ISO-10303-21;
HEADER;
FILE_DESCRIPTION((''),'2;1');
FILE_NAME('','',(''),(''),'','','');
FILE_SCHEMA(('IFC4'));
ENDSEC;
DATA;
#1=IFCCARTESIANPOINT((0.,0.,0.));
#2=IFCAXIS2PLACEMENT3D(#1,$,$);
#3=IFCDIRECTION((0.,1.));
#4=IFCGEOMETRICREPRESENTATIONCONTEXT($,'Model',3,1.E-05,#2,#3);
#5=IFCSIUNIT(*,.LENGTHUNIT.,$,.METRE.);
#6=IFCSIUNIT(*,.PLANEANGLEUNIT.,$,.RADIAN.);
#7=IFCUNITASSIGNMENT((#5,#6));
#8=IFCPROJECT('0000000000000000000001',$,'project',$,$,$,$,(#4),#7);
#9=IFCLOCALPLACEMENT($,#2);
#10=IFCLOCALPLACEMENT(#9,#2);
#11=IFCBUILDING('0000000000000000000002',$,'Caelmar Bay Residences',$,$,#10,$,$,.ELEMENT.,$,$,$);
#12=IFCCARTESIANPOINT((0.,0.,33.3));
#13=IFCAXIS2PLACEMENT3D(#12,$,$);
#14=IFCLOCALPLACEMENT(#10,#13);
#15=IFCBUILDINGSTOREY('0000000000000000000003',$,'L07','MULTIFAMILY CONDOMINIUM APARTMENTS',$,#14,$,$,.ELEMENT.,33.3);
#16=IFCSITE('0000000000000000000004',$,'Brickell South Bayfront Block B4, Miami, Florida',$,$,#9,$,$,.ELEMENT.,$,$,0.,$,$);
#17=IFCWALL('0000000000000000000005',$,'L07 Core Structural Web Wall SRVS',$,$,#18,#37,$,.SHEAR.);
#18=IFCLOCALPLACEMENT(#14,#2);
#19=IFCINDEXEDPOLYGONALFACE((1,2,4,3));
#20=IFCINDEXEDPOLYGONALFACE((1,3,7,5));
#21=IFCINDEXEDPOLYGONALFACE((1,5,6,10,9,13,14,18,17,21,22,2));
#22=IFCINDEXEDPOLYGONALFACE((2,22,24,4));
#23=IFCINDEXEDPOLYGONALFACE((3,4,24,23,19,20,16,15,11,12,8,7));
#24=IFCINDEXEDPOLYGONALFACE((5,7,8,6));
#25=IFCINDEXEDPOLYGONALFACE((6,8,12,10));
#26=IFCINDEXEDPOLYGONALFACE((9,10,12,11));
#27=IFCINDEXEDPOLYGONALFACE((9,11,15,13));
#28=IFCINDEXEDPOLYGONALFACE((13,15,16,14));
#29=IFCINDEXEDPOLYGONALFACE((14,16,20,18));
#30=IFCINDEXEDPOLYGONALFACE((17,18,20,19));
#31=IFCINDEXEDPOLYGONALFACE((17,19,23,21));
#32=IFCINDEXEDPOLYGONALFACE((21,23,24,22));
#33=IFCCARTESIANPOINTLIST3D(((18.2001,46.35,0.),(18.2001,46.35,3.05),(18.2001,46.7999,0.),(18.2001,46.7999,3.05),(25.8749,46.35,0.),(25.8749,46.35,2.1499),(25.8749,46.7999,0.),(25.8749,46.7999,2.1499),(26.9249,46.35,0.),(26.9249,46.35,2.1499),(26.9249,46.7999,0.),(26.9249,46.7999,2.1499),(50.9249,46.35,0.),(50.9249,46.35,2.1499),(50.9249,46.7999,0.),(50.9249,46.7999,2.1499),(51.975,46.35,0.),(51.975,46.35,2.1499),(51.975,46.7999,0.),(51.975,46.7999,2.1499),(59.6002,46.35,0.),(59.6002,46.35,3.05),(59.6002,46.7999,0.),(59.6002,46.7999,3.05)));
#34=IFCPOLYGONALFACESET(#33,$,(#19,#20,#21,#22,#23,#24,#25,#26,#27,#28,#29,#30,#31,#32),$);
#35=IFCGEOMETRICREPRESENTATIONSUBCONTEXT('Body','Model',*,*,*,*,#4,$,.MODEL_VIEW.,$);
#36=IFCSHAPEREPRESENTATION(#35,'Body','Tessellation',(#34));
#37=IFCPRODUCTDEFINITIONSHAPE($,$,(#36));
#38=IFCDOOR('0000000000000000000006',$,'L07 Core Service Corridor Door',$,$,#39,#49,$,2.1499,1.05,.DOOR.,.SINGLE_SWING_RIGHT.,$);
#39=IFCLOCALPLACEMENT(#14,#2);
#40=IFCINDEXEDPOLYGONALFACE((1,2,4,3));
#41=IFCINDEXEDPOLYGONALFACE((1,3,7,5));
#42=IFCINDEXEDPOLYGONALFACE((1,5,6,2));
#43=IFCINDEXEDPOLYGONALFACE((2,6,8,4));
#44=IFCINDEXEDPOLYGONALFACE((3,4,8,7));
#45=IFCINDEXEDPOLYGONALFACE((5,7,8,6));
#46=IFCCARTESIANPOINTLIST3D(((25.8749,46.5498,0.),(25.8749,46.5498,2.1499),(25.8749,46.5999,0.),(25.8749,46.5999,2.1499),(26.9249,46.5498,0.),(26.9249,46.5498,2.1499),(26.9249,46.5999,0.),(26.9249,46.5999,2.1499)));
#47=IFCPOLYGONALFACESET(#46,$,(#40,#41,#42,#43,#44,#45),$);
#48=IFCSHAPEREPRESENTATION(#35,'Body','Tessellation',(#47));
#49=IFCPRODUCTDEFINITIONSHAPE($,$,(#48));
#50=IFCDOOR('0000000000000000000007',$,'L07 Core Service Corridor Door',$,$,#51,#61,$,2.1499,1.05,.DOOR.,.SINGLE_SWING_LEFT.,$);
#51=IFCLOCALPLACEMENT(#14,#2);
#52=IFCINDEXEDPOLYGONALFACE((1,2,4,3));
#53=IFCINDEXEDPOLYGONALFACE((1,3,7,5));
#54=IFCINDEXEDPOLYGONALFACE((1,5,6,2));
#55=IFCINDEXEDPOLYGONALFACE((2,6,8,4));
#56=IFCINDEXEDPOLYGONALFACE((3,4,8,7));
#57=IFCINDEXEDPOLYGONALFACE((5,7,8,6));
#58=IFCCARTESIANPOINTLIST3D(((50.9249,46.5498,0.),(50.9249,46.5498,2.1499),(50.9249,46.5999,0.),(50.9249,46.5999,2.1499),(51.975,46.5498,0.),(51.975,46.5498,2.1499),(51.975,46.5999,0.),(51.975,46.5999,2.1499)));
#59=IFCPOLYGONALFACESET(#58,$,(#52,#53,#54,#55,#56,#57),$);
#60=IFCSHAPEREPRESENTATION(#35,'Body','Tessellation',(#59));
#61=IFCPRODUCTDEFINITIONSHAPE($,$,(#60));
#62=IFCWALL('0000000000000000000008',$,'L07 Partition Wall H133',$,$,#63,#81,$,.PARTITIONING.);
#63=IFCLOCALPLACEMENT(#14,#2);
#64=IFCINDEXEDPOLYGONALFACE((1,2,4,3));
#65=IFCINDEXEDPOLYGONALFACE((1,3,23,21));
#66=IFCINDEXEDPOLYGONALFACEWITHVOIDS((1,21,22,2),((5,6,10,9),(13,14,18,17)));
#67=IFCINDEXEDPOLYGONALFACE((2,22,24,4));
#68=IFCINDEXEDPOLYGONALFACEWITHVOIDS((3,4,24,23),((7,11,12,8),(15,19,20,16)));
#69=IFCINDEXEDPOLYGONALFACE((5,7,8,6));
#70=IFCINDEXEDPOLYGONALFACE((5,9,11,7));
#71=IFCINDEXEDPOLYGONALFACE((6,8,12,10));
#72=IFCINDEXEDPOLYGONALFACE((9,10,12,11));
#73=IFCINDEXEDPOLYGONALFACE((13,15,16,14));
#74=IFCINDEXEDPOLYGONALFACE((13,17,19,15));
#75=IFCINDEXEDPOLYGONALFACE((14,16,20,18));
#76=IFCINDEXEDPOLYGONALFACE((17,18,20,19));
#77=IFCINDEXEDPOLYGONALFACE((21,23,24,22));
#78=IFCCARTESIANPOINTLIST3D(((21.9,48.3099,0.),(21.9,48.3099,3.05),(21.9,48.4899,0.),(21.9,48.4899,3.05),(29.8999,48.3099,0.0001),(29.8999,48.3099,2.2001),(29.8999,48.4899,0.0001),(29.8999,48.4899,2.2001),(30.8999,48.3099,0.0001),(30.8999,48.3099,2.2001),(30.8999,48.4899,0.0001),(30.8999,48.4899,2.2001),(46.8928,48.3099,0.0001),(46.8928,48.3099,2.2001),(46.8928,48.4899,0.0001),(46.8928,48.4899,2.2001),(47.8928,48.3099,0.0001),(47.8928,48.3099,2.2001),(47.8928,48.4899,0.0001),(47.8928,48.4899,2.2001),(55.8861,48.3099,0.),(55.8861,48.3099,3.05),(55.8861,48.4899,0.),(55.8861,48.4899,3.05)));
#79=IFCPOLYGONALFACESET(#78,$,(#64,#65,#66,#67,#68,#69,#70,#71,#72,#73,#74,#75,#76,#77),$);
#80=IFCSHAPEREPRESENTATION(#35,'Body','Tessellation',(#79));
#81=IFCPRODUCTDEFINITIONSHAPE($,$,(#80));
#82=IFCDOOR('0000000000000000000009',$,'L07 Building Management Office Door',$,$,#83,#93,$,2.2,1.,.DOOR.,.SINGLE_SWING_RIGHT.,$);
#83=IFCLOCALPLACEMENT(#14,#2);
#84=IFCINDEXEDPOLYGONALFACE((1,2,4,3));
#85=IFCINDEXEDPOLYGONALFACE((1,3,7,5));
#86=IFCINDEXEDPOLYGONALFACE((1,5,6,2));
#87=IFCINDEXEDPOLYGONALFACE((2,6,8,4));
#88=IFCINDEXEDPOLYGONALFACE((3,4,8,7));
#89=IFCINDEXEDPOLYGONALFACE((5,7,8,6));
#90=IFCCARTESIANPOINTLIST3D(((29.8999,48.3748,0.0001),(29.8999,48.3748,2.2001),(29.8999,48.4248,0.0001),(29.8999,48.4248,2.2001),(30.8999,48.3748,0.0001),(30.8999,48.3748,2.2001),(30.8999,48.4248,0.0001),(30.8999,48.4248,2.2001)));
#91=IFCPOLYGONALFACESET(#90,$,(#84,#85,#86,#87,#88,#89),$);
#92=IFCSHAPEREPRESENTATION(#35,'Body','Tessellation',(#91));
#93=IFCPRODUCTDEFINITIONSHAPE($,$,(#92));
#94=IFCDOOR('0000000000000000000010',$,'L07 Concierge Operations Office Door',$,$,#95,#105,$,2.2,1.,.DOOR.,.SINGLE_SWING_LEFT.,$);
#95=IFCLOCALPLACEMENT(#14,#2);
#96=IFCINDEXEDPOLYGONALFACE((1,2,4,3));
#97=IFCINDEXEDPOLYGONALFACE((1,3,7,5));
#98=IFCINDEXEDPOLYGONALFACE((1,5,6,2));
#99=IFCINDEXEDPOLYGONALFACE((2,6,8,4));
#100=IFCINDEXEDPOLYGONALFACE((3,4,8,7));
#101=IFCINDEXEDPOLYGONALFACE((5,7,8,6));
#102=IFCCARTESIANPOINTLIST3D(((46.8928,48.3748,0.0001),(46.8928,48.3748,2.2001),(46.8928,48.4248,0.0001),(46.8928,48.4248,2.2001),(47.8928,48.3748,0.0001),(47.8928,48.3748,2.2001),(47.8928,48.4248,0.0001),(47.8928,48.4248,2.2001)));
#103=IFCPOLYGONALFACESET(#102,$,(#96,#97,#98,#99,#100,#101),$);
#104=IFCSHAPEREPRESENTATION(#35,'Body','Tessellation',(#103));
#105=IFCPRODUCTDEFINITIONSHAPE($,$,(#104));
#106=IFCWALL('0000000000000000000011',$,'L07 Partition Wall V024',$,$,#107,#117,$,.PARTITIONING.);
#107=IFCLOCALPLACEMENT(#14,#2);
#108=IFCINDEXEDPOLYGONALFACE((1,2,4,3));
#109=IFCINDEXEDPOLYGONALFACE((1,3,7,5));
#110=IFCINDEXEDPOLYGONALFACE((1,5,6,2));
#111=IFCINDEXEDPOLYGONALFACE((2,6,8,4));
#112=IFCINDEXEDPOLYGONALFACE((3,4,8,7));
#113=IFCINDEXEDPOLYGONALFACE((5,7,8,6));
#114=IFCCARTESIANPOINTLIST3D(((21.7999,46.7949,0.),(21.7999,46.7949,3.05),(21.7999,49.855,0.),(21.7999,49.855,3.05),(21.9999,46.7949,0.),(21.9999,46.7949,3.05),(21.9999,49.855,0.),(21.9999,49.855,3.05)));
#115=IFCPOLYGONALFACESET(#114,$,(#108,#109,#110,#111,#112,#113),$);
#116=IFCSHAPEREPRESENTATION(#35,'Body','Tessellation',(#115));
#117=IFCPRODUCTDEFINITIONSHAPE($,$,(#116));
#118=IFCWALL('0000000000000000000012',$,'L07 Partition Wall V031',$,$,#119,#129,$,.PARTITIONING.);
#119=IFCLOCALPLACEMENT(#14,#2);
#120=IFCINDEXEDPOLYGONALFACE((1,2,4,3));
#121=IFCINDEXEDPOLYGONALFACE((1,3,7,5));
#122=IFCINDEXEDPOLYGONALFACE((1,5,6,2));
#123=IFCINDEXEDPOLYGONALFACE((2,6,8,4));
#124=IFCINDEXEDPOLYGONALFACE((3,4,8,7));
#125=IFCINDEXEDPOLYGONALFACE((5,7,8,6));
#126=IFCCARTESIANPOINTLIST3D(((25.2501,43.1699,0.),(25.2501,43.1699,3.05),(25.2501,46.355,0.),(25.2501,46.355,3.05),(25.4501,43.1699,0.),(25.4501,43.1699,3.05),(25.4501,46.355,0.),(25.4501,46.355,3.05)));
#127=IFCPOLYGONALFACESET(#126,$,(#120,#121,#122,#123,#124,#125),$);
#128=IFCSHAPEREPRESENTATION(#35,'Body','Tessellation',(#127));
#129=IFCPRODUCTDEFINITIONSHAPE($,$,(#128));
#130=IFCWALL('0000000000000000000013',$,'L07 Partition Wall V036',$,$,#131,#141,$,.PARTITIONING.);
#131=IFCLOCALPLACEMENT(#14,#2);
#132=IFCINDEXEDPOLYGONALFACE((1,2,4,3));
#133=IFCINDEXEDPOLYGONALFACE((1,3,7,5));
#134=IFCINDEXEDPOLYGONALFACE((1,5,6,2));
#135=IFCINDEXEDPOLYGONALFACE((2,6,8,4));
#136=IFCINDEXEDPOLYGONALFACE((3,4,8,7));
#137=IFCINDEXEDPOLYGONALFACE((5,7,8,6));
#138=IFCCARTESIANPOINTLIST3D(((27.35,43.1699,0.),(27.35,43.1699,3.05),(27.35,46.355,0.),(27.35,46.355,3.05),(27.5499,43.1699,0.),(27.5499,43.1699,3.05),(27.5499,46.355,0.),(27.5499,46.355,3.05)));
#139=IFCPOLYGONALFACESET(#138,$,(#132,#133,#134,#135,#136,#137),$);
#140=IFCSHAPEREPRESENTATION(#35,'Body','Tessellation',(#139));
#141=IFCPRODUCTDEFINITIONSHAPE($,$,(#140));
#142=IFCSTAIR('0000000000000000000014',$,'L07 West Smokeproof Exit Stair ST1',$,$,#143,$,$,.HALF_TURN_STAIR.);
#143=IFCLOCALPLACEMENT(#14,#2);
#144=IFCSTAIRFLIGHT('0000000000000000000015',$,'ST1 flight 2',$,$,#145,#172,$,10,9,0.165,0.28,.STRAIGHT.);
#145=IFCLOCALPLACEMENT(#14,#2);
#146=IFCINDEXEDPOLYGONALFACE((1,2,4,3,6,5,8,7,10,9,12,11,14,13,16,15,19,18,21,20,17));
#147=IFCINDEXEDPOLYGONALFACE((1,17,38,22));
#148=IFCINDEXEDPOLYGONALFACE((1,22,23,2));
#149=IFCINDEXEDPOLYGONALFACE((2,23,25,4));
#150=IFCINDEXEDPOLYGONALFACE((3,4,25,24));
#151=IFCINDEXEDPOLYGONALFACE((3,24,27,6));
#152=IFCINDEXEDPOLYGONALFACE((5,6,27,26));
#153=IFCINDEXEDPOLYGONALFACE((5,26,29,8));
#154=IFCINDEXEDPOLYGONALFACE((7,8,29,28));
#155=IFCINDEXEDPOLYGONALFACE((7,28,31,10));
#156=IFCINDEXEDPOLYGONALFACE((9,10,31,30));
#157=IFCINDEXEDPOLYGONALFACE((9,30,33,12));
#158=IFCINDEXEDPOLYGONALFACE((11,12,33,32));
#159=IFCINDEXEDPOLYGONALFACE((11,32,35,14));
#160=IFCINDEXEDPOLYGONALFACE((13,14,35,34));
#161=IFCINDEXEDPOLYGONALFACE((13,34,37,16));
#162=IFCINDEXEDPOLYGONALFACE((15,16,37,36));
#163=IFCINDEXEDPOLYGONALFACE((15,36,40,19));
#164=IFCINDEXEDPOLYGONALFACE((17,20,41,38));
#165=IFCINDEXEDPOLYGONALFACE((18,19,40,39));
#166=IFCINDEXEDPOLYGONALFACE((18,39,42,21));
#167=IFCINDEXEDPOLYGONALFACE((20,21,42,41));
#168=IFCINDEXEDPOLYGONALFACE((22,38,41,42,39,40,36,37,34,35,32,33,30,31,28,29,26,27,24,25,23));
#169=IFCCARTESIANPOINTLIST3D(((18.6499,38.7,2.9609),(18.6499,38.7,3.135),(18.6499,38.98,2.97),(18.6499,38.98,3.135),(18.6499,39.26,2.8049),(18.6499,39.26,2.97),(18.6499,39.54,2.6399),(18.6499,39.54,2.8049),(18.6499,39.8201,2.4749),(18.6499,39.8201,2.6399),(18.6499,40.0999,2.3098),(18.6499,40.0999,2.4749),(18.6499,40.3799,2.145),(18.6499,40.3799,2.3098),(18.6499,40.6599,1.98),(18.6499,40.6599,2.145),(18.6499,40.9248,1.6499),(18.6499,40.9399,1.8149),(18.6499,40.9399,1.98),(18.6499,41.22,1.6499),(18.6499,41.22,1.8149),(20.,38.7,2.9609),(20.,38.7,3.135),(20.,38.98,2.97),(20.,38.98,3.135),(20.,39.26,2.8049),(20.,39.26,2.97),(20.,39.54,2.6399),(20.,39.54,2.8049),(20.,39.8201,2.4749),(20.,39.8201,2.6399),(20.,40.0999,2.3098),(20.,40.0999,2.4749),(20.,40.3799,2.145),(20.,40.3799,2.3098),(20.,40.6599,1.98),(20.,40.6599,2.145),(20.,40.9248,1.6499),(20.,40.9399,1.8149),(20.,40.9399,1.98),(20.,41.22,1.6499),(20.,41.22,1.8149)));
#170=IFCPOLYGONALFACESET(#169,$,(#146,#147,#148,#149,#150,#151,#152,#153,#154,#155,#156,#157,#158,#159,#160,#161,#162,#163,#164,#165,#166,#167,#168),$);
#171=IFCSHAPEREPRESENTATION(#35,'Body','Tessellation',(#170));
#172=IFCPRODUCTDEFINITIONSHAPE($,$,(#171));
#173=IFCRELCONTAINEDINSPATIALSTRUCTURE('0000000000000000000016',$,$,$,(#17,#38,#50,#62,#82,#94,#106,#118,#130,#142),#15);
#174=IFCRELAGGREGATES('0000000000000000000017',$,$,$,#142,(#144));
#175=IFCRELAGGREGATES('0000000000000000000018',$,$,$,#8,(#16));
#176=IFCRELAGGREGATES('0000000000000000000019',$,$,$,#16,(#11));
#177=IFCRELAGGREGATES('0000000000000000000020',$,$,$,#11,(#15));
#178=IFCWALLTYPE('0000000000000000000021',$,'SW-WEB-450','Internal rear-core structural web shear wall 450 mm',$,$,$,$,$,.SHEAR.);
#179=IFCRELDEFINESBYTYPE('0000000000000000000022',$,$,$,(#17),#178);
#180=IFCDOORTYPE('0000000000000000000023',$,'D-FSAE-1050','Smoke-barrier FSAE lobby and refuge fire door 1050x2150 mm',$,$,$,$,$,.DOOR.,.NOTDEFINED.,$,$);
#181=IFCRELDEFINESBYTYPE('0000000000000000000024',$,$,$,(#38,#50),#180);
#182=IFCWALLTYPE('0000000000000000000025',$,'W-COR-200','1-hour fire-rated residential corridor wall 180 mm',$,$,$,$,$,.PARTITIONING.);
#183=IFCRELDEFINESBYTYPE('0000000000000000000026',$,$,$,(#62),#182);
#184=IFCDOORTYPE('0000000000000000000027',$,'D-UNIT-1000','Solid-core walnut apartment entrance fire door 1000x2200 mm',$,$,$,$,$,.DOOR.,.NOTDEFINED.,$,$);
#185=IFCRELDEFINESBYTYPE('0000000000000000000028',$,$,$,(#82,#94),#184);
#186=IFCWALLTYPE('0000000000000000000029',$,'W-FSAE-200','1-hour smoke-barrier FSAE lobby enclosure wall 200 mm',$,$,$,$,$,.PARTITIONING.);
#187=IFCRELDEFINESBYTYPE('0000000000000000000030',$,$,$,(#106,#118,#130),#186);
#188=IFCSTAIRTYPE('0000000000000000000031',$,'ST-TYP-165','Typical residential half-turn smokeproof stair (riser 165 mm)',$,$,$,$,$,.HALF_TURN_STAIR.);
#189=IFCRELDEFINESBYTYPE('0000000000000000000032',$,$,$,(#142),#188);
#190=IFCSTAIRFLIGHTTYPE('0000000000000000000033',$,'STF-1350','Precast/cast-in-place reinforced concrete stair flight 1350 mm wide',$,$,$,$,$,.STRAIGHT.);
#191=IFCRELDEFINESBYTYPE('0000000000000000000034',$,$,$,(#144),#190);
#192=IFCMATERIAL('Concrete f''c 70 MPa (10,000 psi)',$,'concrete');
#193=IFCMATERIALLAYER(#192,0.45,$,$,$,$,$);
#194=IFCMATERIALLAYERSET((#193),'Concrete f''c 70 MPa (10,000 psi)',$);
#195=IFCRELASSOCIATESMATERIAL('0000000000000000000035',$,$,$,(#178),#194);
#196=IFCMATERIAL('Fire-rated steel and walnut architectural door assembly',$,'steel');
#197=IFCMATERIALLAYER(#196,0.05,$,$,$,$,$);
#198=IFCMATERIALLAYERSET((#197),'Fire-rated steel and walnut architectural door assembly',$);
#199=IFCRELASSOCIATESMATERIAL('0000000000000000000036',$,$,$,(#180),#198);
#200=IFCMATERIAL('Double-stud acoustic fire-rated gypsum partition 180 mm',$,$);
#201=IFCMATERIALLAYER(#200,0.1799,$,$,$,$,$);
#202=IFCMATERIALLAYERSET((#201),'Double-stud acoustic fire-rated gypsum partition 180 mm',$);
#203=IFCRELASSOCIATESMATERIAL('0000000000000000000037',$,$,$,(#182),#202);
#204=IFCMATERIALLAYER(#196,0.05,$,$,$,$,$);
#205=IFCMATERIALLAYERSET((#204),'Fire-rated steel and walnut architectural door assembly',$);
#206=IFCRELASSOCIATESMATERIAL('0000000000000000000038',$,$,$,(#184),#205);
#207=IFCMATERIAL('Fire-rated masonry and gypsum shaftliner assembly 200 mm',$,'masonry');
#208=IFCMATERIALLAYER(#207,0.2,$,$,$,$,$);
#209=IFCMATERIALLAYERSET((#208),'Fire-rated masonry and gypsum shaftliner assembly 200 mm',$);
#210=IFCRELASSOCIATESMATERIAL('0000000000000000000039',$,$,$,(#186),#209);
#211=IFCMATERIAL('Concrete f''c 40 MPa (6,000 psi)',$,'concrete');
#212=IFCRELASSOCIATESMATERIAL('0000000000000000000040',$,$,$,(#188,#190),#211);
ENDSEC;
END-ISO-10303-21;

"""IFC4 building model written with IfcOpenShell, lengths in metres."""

from ifc_helpers import new_model, si_unit, direction, frame, frame_2d, origin, place, context, subcontext, project, spatial, polyline, rectangle, outline, extrude, material, layer, layer_set, type_object, element, fill, aggregate, save


model = new_model("IFC4")

# Units and contexts
model_context = context("Model", 3, precision=1e-05, world=origin(), true_north=direction((0.0, 1.0)))
body_context = subcontext(model_context, "Body", "Model", "MODEL_VIEW")
ifc_project = project(units=[si_unit("LENGTHUNIT", "METRE"), si_unit("PLANEANGLEUNIT", "RADIAN")], contexts=[model_context])

# Site, building, storey
site_placement = place(None, origin())
site = spatial("IfcSite", under=ifc_project, at=site_placement, Name="Brickell South Bayfront Block B4, Miami, Florida", CompositionType="ELEMENT", RefElevation=0.0)
building_placement = place(site_placement, origin())
building = spatial("IfcBuilding", under=site, at=building_placement, Name="Caelmar Bay Residences", CompositionType="ELEMENT")
storey_placement = place(building_placement, frame((0.0, 0.0, 33.3)))
storey = spatial("IfcBuildingStorey", under=building, at=storey_placement, Name="L07", Description="MULTIFAMILY CONDOMINIUM APARTMENTS", CompositionType="ELEMENT", Elevation=33.3)

# Walls, openings, doors
ifc_material_1 = material(Name="Concrete f'c 70 MPa (10,000 psi)", Category="concrete")
ifc_layer_1 = layer(ifc_material_1, 0.45)
ifc_layer_set_1 = layer_set([ifc_layer_1], Name="Concrete f'c 70 MPa (10,000 psi)")
wall_type_1 = type_object("IfcWallType", Name="SW-WEB-450", Description="Internal rear-core structural web shear wall 450 mm", PredefinedType="SHEAR", material=ifc_layer_set_1)
ifc_material_2 = material(Name="Fire-rated steel and walnut architectural door assembly", Category="steel")
ifc_layer_2 = layer(ifc_material_2, 0.05)
ifc_layer_set_2 = layer_set([ifc_layer_2], Name="Fire-rated steel and walnut architectural door assembly")
door_type_1 = type_object("IfcDoorType", Name="D-FSAE-1050", Description="Smoke-barrier FSAE lobby and refuge fire door 1050x2150 mm", OperationType="NOTDEFINED", PredefinedType="DOOR", material=ifc_layer_set_2)
wall_1_placement = place(storey_placement, frame((18.2, 46.575, 0.0), z_axis=(0.0, 0.0, 1.0), x_axis=(1.0, 0.0, 0.0)))
wall_1 = element("IfcWall", 1, at=wall_1_placement, inside=storey, type_object=wall_type_1, Name="L07 Core Structural Web Wall SRVS", PredefinedType="SHEAR", context=body_context, shape_type="SweptSolid", body=[
    extrude(rectangle(XDim=41.4001, YDim=0.45, at=frame_2d((20.7002, 0.0))), origin(), (0.0, 0.0, 1.0), 3.05),
])
opening_1_placement = place(wall_1_placement, frame((7.675, 0.0, 0.0)))
opening_1 = element("IfcOpeningElement", 2, at=opening_1_placement, cuts=wall_1, PredefinedType="OPENING", context=body_context, shape_type="SweptSolid", body=[
    extrude(rectangle(XDim=1.05, YDim=2.1499, at=frame_2d((0.5249, 1.075))), frame((0.0, 0.2349, 0.0), z_axis=(0.0, -1.0, 0.0), x_axis=(1.0, 0.0, 0.0)), (0.0, 0.0, 1.0), 0.47),
])
opening_2_placement = place(wall_1_placement, frame((32.7251, 0.0, 0.0)))
opening_2 = element("IfcOpeningElement", 3, at=opening_2_placement, cuts=wall_1, PredefinedType="OPENING", context=body_context, shape_type="SweptSolid", body=[
    extrude(rectangle(XDim=1.05, YDim=2.1499, at=frame_2d((0.5249, 1.075))), frame((0.0, 0.2349, 0.0), z_axis=(0.0, -1.0, 0.0), x_axis=(1.0, 0.0, 0.0)), (0.0, 0.0, 1.0), 0.47),
])
door_1_placement = place(opening_1_placement, origin())
door_1 = element("IfcDoor", 4, at=door_1_placement, inside=storey, type_object=door_type_1, Name="L07 Core Service Corridor Door", OperationType="SINGLE_SWING_RIGHT", OverallHeight=2.1499, OverallWidth=1.05, PredefinedType="DOOR", context=body_context, shape_type="SweptSolid", body=[
    extrude(rectangle(XDim=1.05, YDim=2.1499, at=frame_2d((0.5249, 1.075))), frame((0.0, 0.0249, 0.0), z_axis=(0.0, -1.0, 0.0), x_axis=(1.0, 0.0, 0.0)), (0.0, 0.0, 1.0), 0.05),
])
fill(opening_1, door_1)
door_2_placement = place(opening_2_placement, origin())
door_2 = element("IfcDoor", 5, at=door_2_placement, inside=storey, type_object=door_type_1, Name="L07 Core Service Corridor Door", OperationType="SINGLE_SWING_LEFT", OverallHeight=2.1499, OverallWidth=1.05, PredefinedType="DOOR", context=body_context, shape_type="SweptSolid", body=[
    extrude(rectangle(XDim=1.05, YDim=2.1499, at=frame_2d((0.5249, 1.075))), frame((0.0, 0.0249, 0.0), z_axis=(0.0, -1.0, 0.0), x_axis=(1.0, 0.0, 0.0)), (0.0, 0.0, 1.0), 0.05),
])
fill(opening_2, door_2)
ifc_material_3 = material(Name="Double-stud acoustic fire-rated gypsum partition 180 mm")
ifc_layer_3 = layer(ifc_material_3, 0.1799)
ifc_layer_set_3 = layer_set([ifc_layer_3], Name="Double-stud acoustic fire-rated gypsum partition 180 mm")
wall_type_2 = type_object("IfcWallType", Name="W-COR-200", Description="1-hour fire-rated residential corridor wall 180 mm", PredefinedType="PARTITIONING", material=ifc_layer_set_3)
wall_2_placement = place(storey_placement, frame((21.8999, 48.3999, 0.0), z_axis=(0.0, 0.0, 1.0), x_axis=(1.0, 0.0, 0.0)))
wall_2 = element("IfcWall", 6, at=wall_2_placement, inside=storey, type_object=wall_type_2, Name="L07 Partition Wall H133", PredefinedType="PARTITIONING", context=body_context, shape_type="SweptSolid", body=[
    extrude(rectangle(XDim=33.9861, YDim=0.1799, at=frame_2d((16.9932, 0.0))), origin(), (0.0, 0.0, 1.0), 3.05),
])
opening_3_placement = place(wall_2_placement, frame((8.0, 0.0, 0.0)))
opening_3 = element("IfcOpeningElement", 7, at=opening_3_placement, cuts=wall_2, PredefinedType="OPENING", context=body_context, shape_type="SweptSolid", body=[
    extrude(rectangle(XDim=1.0, YDim=2.2, at=frame_2d((0.5, 1.1001))), frame((0.0, 0.0999, 0.0), z_axis=(0.0, -1.0, 0.0), x_axis=(1.0, 0.0, 0.0)), (0.0, 0.0, 1.0), 0.2),
])
opening_4_placement = place(wall_2_placement, frame((24.9929, 0.0, 0.0)))
opening_4 = element("IfcOpeningElement", 8, at=opening_4_placement, cuts=wall_2, PredefinedType="OPENING", context=body_context, shape_type="SweptSolid", body=[
    extrude(rectangle(XDim=1.0, YDim=2.2, at=frame_2d((0.5, 1.1001))), frame((0.0, 0.0999, 0.0), z_axis=(0.0, -1.0, 0.0), x_axis=(1.0, 0.0, 0.0)), (0.0, 0.0, 1.0), 0.2),
])
ifc_layer_4 = layer(ifc_material_2, 0.05)
ifc_layer_set_4 = layer_set([ifc_layer_4], Name="Fire-rated steel and walnut architectural door assembly")
door_type_2 = type_object("IfcDoorType", Name="D-UNIT-1000", Description="Solid-core walnut apartment entrance fire door 1000x2200 mm", OperationType="NOTDEFINED", PredefinedType="DOOR", material=ifc_layer_set_4)
door_3_placement = place(opening_3_placement, origin())
door_3 = element("IfcDoor", 9, at=door_3_placement, inside=storey, type_object=door_type_2, Name="L07 Building Management Office Door", OperationType="SINGLE_SWING_RIGHT", OverallHeight=2.2, OverallWidth=1.0, PredefinedType="DOOR", context=body_context, shape_type="SweptSolid", body=[
    extrude(rectangle(XDim=1.0, YDim=2.2, at=frame_2d((0.5, 1.1001))), frame((0.0, 0.0249, 0.0), z_axis=(0.0, -1.0, 0.0), x_axis=(1.0, 0.0, 0.0)), (0.0, 0.0, 1.0), 0.05),
])
fill(opening_3, door_3)
door_4_placement = place(opening_4_placement, origin())
door_4 = element("IfcDoor", 10, at=door_4_placement, inside=storey, type_object=door_type_2, Name="L07 Concierge Operations Office Door", OperationType="SINGLE_SWING_LEFT", OverallHeight=2.2, OverallWidth=1.0, PredefinedType="DOOR", context=body_context, shape_type="SweptSolid", body=[
    extrude(rectangle(XDim=1.0, YDim=2.2, at=frame_2d((0.5, 1.1001))), frame((0.0, 0.0249, 0.0), z_axis=(0.0, -1.0, 0.0), x_axis=(1.0, 0.0, 0.0)), (0.0, 0.0, 1.0), 0.05),
])
fill(opening_4, door_4)

# Walls
ifc_material_4 = material(Name="Fire-rated masonry and gypsum shaftliner assembly 200 mm", Category="masonry")
ifc_layer_5 = layer(ifc_material_4, 0.2)
ifc_layer_set_5 = layer_set([ifc_layer_5], Name="Fire-rated masonry and gypsum shaftliner assembly 200 mm")
wall_type_3 = type_object("IfcWallType", Name="W-FSAE-200", Description="1-hour smoke-barrier FSAE lobby enclosure wall 200 mm", PredefinedType="PARTITIONING", material=ifc_layer_set_5)
wall_3_placement = place(storey_placement, frame((21.8999, 46.7949, 0.0), z_axis=(0.0, 0.0, 1.0), x_axis=(0.0, 1.0, 0.0)))
element("IfcWall", 11, at=wall_3_placement, inside=storey, type_object=wall_type_3, Name="L07 Partition Wall V024", PredefinedType="PARTITIONING", context=body_context, shape_type="SweptSolid", body=[
    extrude(rectangle(XDim=3.0601, YDim=0.2, at=frame_2d((1.53, 0.0))), origin(), (0.0, 0.0, 1.0), 3.05),
])
for number, where, z_axis, x_axis, name in (
    (12, (25.3501, 43.1699, 0.0), (0.0, 0.0, 1.0), (0.0, 1.0, 0.0), "L07 Partition Wall V031"),
    (13, (27.45, 43.1699, 0.0), (0.0, 0.0, 1.0), (0.0, 1.0, 0.0), "L07 Partition Wall V036"),
):
    element("IfcWall", number, at=place(storey_placement, frame(where, z_axis=z_axis, x_axis=x_axis)), inside=storey, type_object=wall_type_3, Name=name, PredefinedType="PARTITIONING", context=body_context, shape_type="SweptSolid", body=[
        extrude(rectangle(XDim=3.1851, YDim=0.2, at=frame_2d((1.5925, 0.0))), origin(), (0.0, 0.0, 1.0), 3.05),
    ])

# Stair, stair flight
ifc_material_5 = material(Name="Concrete f'c 40 MPa (6,000 psi)", Category="concrete")
stair_type = type_object("IfcStairType", Name="ST-TYP-165", Description="Typical residential half-turn smokeproof stair (riser 165 mm)", PredefinedType="HALF_TURN_STAIR", material=ifc_material_5)
stair_1_placement = place(storey_placement, origin())
stair_1 = element("IfcStair", 14, at=stair_1_placement, inside=storey, type_object=stair_type, Name="L07 West Smokeproof Exit Stair ST1", PredefinedType="HALF_TURN_STAIR")
stair_flight_type = type_object("IfcStairFlightType", Name="STF-1350", Description="Precast/cast-in-place reinforced concrete stair flight 1350 mm wide", PredefinedType="STRAIGHT", material=ifc_material_5)
stair_flight_1_placement = place(storey_placement, frame((19.325, 41.22, 1.6499), z_axis=(0.0, 0.0, 1.0), x_axis=(0.0, -1.0, 0.0)))
stair_flight_1 = element("IfcStairFlight", 15, at=stair_flight_1_placement, type_object=stair_flight_type, Name="ST1 flight 2", NumberOfRisers=10, NumberOfTreads=9, PredefinedType="STRAIGHT", RiserHeight=0.165, TreadLength=0.28, context=body_context, shape_type="SweptSolid", body=[
    extrude(outline(polyline([(0.0, 0.0), (0.0, 0.165), (0.28, 0.165), (0.28, 0.3301), (0.5601, 0.3301), (0.5601, 0.4951), (0.8401, 0.4951), (0.8401, 0.6599), (1.1201, 0.6599), (1.1201, 0.825), (1.3999, 0.825), (1.3999, 0.99), (1.6799, 0.99), (1.6799, 1.155), (1.96, 1.155), (1.96, 1.3201), (2.24, 1.3201), (2.24, 1.4851), (2.52, 1.4851), (2.52, 1.6499), (2.52, 1.311), (0.2952, 0.0), (0.0, 0.0)])), frame((0.0, 0.675, 0.0), z_axis=(0.0, -1.0, 0.0), x_axis=(1.0, 0.0, 0.0)), (0.0, 0.0, 1.0), 1.3501),
])
aggregate(stair_1, [stair_flight_1])

save(model, "model.ifc")
